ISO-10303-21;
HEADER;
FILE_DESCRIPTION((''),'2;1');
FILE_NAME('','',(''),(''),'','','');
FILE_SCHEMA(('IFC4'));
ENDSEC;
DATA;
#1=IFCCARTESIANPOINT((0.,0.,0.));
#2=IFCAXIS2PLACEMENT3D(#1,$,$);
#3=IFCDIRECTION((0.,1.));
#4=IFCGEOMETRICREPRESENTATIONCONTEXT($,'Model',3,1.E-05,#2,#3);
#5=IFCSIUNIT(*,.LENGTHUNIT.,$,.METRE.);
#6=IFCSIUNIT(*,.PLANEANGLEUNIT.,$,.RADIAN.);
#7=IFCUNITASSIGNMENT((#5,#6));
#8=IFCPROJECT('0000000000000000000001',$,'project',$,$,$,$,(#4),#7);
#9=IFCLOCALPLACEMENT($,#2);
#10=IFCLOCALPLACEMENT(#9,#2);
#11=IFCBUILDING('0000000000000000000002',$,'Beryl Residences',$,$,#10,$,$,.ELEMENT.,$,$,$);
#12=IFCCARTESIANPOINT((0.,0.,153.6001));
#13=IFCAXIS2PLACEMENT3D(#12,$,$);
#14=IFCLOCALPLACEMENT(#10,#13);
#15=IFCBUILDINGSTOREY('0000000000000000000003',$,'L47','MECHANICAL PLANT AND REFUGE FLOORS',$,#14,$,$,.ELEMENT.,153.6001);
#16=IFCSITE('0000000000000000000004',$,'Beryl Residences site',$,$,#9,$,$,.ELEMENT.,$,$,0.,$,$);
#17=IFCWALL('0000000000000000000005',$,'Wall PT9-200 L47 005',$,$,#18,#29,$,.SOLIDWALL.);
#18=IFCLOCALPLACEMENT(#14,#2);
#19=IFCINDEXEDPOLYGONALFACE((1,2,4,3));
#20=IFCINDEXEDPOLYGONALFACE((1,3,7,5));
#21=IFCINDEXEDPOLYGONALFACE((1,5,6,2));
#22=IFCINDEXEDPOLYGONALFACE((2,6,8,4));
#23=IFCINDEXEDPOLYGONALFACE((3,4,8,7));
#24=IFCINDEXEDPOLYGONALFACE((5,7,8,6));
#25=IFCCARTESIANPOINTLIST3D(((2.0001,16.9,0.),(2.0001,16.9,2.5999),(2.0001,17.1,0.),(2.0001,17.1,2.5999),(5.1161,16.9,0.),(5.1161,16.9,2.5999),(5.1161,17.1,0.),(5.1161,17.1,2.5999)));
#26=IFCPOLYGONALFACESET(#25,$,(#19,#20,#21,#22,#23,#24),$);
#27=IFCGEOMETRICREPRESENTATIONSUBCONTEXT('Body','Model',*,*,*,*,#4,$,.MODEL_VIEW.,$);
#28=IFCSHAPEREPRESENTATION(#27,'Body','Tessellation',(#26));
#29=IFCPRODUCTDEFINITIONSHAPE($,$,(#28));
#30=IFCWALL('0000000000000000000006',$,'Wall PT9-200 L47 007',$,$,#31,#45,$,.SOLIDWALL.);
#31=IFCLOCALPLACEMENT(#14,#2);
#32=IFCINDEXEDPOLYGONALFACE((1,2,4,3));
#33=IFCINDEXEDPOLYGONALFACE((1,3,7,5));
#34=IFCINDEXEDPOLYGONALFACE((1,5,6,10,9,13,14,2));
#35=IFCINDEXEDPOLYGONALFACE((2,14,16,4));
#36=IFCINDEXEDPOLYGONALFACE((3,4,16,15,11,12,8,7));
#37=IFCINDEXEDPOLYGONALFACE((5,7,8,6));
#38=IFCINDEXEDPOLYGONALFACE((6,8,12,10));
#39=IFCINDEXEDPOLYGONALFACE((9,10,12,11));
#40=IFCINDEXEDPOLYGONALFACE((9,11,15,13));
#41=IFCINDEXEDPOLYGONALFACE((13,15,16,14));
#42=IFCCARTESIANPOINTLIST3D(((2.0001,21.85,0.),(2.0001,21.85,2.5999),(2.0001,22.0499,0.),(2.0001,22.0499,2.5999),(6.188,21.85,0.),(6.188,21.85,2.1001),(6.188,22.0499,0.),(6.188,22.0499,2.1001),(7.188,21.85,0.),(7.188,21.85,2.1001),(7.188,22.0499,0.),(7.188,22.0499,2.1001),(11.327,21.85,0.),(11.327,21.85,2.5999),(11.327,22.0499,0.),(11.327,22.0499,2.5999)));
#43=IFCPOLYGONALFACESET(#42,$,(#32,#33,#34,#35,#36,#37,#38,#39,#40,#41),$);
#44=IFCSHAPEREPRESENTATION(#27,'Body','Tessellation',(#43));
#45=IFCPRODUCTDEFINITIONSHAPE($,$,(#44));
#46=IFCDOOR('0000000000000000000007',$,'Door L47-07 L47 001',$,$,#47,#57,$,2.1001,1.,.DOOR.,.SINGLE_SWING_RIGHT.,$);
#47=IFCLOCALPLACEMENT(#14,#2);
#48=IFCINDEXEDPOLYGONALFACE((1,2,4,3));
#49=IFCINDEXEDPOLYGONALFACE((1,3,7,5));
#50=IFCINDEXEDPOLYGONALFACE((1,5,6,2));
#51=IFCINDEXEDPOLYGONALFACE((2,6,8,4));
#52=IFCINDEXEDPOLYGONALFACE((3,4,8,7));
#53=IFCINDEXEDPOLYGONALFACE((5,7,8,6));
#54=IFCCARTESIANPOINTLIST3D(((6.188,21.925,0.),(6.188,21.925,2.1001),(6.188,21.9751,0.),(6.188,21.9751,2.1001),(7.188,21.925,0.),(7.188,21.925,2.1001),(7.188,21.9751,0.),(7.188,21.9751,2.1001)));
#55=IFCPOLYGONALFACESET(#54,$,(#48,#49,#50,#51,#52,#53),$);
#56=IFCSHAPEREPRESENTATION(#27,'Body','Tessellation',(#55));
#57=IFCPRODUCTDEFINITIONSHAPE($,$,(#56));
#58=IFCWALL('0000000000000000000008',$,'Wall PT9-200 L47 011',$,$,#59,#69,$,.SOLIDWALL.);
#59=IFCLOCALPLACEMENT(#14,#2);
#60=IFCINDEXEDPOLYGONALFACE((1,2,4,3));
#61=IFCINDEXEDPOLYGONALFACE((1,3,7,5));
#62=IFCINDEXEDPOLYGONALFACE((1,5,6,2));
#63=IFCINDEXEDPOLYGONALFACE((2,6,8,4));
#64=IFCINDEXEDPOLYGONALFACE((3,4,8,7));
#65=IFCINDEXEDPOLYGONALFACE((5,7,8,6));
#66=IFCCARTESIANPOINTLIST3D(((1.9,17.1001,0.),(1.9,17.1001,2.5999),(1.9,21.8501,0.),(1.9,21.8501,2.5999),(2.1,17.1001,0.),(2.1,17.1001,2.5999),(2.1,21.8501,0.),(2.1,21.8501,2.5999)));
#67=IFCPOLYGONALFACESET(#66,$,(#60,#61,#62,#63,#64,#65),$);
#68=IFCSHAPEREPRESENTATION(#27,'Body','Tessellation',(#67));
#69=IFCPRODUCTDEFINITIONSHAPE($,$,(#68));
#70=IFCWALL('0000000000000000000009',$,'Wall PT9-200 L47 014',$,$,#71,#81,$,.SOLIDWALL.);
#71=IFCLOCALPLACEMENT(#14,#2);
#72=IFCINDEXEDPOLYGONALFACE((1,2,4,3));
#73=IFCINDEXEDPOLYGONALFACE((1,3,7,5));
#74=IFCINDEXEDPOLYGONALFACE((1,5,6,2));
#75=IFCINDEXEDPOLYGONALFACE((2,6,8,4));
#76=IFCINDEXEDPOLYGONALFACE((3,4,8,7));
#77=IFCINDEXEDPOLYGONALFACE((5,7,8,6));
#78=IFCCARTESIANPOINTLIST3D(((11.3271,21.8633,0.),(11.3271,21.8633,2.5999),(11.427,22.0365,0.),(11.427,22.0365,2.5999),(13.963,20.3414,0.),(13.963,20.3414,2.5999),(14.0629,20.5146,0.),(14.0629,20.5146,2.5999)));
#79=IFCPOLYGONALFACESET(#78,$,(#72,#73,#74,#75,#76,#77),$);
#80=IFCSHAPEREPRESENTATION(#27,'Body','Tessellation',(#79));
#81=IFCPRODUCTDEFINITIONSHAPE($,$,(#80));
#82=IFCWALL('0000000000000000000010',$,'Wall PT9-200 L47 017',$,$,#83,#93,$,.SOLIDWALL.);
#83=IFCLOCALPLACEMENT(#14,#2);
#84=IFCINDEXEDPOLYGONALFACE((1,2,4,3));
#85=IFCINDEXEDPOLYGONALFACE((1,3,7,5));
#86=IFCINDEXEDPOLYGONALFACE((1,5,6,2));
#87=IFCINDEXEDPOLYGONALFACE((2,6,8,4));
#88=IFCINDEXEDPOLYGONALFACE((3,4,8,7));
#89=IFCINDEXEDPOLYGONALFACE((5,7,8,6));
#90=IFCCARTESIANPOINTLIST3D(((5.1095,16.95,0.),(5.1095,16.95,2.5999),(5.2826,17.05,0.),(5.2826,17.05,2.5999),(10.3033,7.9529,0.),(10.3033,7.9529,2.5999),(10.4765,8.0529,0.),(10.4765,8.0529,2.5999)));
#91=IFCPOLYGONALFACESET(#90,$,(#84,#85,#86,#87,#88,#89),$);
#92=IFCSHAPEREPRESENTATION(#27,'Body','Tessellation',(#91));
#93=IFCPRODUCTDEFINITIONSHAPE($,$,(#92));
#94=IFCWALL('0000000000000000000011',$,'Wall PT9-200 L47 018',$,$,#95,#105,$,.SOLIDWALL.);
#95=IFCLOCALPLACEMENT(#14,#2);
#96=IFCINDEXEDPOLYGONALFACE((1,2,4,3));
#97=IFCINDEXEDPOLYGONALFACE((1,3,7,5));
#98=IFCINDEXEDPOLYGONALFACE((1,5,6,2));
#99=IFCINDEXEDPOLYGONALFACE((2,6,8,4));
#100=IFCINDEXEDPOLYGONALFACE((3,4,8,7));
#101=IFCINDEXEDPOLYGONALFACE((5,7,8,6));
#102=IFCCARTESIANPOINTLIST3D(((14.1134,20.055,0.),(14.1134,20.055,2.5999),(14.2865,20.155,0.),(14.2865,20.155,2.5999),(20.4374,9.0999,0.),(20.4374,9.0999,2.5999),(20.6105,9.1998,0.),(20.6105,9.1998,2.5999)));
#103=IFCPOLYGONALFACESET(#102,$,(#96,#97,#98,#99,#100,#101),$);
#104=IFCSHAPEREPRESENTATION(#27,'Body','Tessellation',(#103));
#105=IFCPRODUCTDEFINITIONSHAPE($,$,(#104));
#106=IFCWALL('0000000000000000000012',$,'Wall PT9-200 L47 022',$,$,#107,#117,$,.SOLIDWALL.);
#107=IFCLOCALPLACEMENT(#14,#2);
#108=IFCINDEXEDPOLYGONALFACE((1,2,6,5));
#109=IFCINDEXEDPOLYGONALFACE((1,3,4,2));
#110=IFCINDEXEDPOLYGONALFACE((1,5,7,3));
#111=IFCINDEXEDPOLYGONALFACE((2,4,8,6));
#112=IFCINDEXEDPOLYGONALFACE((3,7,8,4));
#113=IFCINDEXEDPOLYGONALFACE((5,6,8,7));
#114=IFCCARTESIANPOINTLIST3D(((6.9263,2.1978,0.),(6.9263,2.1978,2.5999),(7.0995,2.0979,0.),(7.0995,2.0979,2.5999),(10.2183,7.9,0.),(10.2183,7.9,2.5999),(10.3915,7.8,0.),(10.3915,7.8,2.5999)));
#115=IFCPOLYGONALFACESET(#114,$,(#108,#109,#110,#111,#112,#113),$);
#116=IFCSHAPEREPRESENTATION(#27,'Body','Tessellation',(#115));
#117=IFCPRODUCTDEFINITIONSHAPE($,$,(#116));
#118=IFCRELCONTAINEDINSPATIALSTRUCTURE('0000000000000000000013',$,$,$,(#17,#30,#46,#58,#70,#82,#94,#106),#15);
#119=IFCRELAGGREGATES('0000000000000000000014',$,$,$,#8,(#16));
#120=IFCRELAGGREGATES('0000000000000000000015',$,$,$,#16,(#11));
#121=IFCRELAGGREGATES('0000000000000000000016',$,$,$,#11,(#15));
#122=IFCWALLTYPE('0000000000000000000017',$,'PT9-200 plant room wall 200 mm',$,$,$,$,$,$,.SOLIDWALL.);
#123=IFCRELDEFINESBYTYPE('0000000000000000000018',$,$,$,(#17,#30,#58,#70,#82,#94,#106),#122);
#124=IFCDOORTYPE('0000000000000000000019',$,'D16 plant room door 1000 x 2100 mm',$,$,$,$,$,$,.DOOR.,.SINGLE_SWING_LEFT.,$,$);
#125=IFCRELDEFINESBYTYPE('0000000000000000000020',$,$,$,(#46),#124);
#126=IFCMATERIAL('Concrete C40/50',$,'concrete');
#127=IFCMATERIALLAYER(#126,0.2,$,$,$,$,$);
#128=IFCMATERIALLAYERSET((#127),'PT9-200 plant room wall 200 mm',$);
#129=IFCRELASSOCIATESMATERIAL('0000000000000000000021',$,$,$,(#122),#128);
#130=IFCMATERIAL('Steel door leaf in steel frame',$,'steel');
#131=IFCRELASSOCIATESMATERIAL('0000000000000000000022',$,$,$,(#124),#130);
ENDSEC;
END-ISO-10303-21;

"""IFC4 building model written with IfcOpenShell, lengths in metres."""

from ifc_helpers import new_model, si_unit, direction, frame, frame_2d, origin, place, context, subcontext, project, spatial, rectangle, extrude, material, layer, layer_set, type_object, element, fill, save


model = new_model("IFC4")

# Units and contexts
model_context = context("Model", 3, precision=1e-05, world=origin(), true_north=direction((0.0, 1.0)))
body_context = subcontext(model_context, "Body", "Model", "MODEL_VIEW")
ifc_project = project(units=[si_unit("LENGTHUNIT", "METRE"), si_unit("PLANEANGLEUNIT", "RADIAN")], contexts=[model_context])

# Site, building, storey
site_placement = place(None, origin())
site = spatial("IfcSite", under=ifc_project, at=site_placement, Name="Beryl Residences site", CompositionType="ELEMENT", RefElevation=0.0)
building_placement = place(site_placement, origin())
building = spatial("IfcBuilding", under=site, at=building_placement, Name="Beryl Residences", CompositionType="ELEMENT")
storey_placement = place(building_placement, frame((0.0, 0.0, 153.6001)))
storey = spatial("IfcBuildingStorey", under=building, at=storey_placement, Name="L47", Description="MECHANICAL PLANT AND REFUGE FLOORS", CompositionType="ELEMENT", Elevation=153.6001)

# Wall
ifc_material_1 = material(Name="Concrete C40/50", Category="concrete")
ifc_layer_1 = layer(ifc_material_1, 0.2)
ifc_layer_set_1 = layer_set([ifc_layer_1], Name="PT9-200 plant room wall 200 mm")
wall_type = type_object("IfcWallType", Name="PT9-200 plant room wall 200 mm", PredefinedType="SOLIDWALL", material=ifc_layer_set_1)
wall_1_placement = place(storey_placement, frame((2.0, 17.0, 0.0), z_axis=(0.0, 0.0, 1.0), x_axis=(1.0, 0.0, 0.0)))
element("IfcWall", 1, at=wall_1_placement, inside=storey, type_object=wall_type, Name="Wall PT9-200 L47 005", PredefinedType="SOLIDWALL", context=body_context, shape_type="SweptSolid", body=[
    extrude(rectangle(XDim=3.116, YDim=0.2, at=frame_2d((1.5581, 0.0))), origin(), (0.0, 0.0, 1.0), 2.5999),
])

# Wall, opening, door
wall_2_placement = place(storey_placement, frame((2.0, 21.95, 0.0), z_axis=(0.0, 0.0, 1.0), x_axis=(1.0, 0.0, 0.0)))
wall_2 = element("IfcWall", 2, at=wall_2_placement, inside=storey, type_object=wall_type, Name="Wall PT9-200 L47 007", PredefinedType="SOLIDWALL", context=body_context, shape_type="SweptSolid", body=[
    extrude(rectangle(XDim=9.3269, YDim=0.2, at=frame_2d((4.6636, 0.0))), origin(), (0.0, 0.0, 1.0), 2.5999),
])
opening_1_placement = place(wall_2_placement, frame((5.188, 0.0, 0.0), z_axis=(0.0, 0.0, 1.0), x_axis=(-1.0, 0.0, 0.0)))
opening_1 = element("IfcOpeningElement", 3, at=opening_1_placement, cuts=wall_2, PredefinedType="OPENING", context=body_context, shape_type="SweptSolid", body=[
    extrude(rectangle(XDim=1.0, YDim=2.1001, at=frame_2d((0.5, 1.05))), frame((0.0, 0.1099, 0.0), z_axis=(0.0, -1.0, 0.0), x_axis=(1.0, 0.0, 0.0)), (0.0, 0.0, 1.0), 0.22),
])
ifc_material_2 = material(Name="Steel door leaf in steel frame", Category="steel")
door_type = type_object("IfcDoorType", Name="D16 plant room door 1000 x 2100 mm", OperationType="SINGLE_SWING_LEFT", PredefinedType="DOOR", material=ifc_material_2)
door_placement = place(opening_1_placement, origin())
door = element("IfcDoor", 4, at=door_placement, inside=storey, type_object=door_type, Name="Door L47-07 L47 001", OperationType="SINGLE_SWING_RIGHT", OverallHeight=2.1001, OverallWidth=1.0, PredefinedType="DOOR", context=body_context, shape_type="SweptSolid", body=[
    extrude(rectangle(XDim=1.0, YDim=2.1001, at=frame_2d((0.5, 1.05))), frame((0.0, 0.0249, 0.0), z_axis=(0.0, -1.0, 0.0), x_axis=(1.0, 0.0, 0.0)), (0.0, 0.0, 1.0), 0.05),
])
fill(opening_1, door)

# Walls
wall_3_placement = place(storey_placement, frame((2.0, 17.1001, 0.0), z_axis=(0.0, 0.0, 1.0), x_axis=(0.0, 1.0, 0.0)))
element("IfcWall", 5, at=wall_3_placement, inside=storey, type_object=wall_type, Name="Wall PT9-200 L47 011", PredefinedType="SOLIDWALL", context=body_context, shape_type="SweptSolid", body=[
    extrude(rectangle(XDim=4.75, YDim=0.2, at=frame_2d((2.375, 0.0))), origin(), (0.0, 0.0, 1.0), 2.5999),
])
wall_4_placement = place(storey_placement, frame((11.377, 21.95, 0.0), z_axis=(0.0, 0.0, 1.0), x_axis=(0.866013, -0.500021, 0.0)))
element("IfcWall", 6, at=wall_4_placement, inside=storey, type_object=wall_type, Name="Wall PT9-200 L47 014", PredefinedType="SOLIDWALL", context=body_context, shape_type="SweptSolid", body=[
    extrude(rectangle(XDim=3.0437, YDim=0.2, at=frame_2d((1.522, 0.0))), origin(), (0.0, 0.0, 1.0), 2.5999),
])
wall_5_placement = place(storey_placement, frame((5.196, 17.0, 0.0), z_axis=(0.0, 0.0, 1.0), x_axis=(0.499956, -0.866051, 0.0)))
element("IfcWall", 7, at=wall_5_placement, inside=storey, type_object=wall_type, Name="Wall PT9-200 L47 017", PredefinedType="SOLIDWALL", context=body_context, shape_type="SweptSolid", body=[
    extrude(rectangle(XDim=10.3887, YDim=0.2, at=frame_2d((5.1943, 0.0))), origin(), (0.0, 0.0, 1.0), 2.5999),
])
wall_6_placement = place(storey_placement, frame((14.2, 20.105, 0.0), z_axis=(0.0, 0.0, 1.0), x_axis=(0.499944, -0.866058, 0.0)))
element("IfcWall", 8, at=wall_6_placement, inside=storey, type_object=wall_type, Name="Wall PT9-200 L47 018", PredefinedType="SOLIDWALL", context=body_context, shape_type="SweptSolid", body=[
    extrude(rectangle(XDim=12.6494, YDim=0.2, at=frame_2d((6.3247, 0.0))), origin(), (0.0, 0.0, 1.0), 2.5999),
])
wall_7_placement = place(storey_placement, frame((7.0129, 2.1479, 0.0), z_axis=(0.0, 0.0, 1.0), x_axis=(0.499984, 0.866035, 0.0)))
element("IfcWall", 9, at=wall_7_placement, inside=storey, type_object=wall_type, Name="Wall PT9-200 L47 022", PredefinedType="SOLIDWALL", context=body_context, shape_type="SweptSolid", body=[
    extrude(rectangle(XDim=6.5842, YDim=0.2, at=frame_2d((3.292, 0.0))), origin(), (0.0, 0.0, 1.0), 2.5999),
])

save(model, "model.ifc")
